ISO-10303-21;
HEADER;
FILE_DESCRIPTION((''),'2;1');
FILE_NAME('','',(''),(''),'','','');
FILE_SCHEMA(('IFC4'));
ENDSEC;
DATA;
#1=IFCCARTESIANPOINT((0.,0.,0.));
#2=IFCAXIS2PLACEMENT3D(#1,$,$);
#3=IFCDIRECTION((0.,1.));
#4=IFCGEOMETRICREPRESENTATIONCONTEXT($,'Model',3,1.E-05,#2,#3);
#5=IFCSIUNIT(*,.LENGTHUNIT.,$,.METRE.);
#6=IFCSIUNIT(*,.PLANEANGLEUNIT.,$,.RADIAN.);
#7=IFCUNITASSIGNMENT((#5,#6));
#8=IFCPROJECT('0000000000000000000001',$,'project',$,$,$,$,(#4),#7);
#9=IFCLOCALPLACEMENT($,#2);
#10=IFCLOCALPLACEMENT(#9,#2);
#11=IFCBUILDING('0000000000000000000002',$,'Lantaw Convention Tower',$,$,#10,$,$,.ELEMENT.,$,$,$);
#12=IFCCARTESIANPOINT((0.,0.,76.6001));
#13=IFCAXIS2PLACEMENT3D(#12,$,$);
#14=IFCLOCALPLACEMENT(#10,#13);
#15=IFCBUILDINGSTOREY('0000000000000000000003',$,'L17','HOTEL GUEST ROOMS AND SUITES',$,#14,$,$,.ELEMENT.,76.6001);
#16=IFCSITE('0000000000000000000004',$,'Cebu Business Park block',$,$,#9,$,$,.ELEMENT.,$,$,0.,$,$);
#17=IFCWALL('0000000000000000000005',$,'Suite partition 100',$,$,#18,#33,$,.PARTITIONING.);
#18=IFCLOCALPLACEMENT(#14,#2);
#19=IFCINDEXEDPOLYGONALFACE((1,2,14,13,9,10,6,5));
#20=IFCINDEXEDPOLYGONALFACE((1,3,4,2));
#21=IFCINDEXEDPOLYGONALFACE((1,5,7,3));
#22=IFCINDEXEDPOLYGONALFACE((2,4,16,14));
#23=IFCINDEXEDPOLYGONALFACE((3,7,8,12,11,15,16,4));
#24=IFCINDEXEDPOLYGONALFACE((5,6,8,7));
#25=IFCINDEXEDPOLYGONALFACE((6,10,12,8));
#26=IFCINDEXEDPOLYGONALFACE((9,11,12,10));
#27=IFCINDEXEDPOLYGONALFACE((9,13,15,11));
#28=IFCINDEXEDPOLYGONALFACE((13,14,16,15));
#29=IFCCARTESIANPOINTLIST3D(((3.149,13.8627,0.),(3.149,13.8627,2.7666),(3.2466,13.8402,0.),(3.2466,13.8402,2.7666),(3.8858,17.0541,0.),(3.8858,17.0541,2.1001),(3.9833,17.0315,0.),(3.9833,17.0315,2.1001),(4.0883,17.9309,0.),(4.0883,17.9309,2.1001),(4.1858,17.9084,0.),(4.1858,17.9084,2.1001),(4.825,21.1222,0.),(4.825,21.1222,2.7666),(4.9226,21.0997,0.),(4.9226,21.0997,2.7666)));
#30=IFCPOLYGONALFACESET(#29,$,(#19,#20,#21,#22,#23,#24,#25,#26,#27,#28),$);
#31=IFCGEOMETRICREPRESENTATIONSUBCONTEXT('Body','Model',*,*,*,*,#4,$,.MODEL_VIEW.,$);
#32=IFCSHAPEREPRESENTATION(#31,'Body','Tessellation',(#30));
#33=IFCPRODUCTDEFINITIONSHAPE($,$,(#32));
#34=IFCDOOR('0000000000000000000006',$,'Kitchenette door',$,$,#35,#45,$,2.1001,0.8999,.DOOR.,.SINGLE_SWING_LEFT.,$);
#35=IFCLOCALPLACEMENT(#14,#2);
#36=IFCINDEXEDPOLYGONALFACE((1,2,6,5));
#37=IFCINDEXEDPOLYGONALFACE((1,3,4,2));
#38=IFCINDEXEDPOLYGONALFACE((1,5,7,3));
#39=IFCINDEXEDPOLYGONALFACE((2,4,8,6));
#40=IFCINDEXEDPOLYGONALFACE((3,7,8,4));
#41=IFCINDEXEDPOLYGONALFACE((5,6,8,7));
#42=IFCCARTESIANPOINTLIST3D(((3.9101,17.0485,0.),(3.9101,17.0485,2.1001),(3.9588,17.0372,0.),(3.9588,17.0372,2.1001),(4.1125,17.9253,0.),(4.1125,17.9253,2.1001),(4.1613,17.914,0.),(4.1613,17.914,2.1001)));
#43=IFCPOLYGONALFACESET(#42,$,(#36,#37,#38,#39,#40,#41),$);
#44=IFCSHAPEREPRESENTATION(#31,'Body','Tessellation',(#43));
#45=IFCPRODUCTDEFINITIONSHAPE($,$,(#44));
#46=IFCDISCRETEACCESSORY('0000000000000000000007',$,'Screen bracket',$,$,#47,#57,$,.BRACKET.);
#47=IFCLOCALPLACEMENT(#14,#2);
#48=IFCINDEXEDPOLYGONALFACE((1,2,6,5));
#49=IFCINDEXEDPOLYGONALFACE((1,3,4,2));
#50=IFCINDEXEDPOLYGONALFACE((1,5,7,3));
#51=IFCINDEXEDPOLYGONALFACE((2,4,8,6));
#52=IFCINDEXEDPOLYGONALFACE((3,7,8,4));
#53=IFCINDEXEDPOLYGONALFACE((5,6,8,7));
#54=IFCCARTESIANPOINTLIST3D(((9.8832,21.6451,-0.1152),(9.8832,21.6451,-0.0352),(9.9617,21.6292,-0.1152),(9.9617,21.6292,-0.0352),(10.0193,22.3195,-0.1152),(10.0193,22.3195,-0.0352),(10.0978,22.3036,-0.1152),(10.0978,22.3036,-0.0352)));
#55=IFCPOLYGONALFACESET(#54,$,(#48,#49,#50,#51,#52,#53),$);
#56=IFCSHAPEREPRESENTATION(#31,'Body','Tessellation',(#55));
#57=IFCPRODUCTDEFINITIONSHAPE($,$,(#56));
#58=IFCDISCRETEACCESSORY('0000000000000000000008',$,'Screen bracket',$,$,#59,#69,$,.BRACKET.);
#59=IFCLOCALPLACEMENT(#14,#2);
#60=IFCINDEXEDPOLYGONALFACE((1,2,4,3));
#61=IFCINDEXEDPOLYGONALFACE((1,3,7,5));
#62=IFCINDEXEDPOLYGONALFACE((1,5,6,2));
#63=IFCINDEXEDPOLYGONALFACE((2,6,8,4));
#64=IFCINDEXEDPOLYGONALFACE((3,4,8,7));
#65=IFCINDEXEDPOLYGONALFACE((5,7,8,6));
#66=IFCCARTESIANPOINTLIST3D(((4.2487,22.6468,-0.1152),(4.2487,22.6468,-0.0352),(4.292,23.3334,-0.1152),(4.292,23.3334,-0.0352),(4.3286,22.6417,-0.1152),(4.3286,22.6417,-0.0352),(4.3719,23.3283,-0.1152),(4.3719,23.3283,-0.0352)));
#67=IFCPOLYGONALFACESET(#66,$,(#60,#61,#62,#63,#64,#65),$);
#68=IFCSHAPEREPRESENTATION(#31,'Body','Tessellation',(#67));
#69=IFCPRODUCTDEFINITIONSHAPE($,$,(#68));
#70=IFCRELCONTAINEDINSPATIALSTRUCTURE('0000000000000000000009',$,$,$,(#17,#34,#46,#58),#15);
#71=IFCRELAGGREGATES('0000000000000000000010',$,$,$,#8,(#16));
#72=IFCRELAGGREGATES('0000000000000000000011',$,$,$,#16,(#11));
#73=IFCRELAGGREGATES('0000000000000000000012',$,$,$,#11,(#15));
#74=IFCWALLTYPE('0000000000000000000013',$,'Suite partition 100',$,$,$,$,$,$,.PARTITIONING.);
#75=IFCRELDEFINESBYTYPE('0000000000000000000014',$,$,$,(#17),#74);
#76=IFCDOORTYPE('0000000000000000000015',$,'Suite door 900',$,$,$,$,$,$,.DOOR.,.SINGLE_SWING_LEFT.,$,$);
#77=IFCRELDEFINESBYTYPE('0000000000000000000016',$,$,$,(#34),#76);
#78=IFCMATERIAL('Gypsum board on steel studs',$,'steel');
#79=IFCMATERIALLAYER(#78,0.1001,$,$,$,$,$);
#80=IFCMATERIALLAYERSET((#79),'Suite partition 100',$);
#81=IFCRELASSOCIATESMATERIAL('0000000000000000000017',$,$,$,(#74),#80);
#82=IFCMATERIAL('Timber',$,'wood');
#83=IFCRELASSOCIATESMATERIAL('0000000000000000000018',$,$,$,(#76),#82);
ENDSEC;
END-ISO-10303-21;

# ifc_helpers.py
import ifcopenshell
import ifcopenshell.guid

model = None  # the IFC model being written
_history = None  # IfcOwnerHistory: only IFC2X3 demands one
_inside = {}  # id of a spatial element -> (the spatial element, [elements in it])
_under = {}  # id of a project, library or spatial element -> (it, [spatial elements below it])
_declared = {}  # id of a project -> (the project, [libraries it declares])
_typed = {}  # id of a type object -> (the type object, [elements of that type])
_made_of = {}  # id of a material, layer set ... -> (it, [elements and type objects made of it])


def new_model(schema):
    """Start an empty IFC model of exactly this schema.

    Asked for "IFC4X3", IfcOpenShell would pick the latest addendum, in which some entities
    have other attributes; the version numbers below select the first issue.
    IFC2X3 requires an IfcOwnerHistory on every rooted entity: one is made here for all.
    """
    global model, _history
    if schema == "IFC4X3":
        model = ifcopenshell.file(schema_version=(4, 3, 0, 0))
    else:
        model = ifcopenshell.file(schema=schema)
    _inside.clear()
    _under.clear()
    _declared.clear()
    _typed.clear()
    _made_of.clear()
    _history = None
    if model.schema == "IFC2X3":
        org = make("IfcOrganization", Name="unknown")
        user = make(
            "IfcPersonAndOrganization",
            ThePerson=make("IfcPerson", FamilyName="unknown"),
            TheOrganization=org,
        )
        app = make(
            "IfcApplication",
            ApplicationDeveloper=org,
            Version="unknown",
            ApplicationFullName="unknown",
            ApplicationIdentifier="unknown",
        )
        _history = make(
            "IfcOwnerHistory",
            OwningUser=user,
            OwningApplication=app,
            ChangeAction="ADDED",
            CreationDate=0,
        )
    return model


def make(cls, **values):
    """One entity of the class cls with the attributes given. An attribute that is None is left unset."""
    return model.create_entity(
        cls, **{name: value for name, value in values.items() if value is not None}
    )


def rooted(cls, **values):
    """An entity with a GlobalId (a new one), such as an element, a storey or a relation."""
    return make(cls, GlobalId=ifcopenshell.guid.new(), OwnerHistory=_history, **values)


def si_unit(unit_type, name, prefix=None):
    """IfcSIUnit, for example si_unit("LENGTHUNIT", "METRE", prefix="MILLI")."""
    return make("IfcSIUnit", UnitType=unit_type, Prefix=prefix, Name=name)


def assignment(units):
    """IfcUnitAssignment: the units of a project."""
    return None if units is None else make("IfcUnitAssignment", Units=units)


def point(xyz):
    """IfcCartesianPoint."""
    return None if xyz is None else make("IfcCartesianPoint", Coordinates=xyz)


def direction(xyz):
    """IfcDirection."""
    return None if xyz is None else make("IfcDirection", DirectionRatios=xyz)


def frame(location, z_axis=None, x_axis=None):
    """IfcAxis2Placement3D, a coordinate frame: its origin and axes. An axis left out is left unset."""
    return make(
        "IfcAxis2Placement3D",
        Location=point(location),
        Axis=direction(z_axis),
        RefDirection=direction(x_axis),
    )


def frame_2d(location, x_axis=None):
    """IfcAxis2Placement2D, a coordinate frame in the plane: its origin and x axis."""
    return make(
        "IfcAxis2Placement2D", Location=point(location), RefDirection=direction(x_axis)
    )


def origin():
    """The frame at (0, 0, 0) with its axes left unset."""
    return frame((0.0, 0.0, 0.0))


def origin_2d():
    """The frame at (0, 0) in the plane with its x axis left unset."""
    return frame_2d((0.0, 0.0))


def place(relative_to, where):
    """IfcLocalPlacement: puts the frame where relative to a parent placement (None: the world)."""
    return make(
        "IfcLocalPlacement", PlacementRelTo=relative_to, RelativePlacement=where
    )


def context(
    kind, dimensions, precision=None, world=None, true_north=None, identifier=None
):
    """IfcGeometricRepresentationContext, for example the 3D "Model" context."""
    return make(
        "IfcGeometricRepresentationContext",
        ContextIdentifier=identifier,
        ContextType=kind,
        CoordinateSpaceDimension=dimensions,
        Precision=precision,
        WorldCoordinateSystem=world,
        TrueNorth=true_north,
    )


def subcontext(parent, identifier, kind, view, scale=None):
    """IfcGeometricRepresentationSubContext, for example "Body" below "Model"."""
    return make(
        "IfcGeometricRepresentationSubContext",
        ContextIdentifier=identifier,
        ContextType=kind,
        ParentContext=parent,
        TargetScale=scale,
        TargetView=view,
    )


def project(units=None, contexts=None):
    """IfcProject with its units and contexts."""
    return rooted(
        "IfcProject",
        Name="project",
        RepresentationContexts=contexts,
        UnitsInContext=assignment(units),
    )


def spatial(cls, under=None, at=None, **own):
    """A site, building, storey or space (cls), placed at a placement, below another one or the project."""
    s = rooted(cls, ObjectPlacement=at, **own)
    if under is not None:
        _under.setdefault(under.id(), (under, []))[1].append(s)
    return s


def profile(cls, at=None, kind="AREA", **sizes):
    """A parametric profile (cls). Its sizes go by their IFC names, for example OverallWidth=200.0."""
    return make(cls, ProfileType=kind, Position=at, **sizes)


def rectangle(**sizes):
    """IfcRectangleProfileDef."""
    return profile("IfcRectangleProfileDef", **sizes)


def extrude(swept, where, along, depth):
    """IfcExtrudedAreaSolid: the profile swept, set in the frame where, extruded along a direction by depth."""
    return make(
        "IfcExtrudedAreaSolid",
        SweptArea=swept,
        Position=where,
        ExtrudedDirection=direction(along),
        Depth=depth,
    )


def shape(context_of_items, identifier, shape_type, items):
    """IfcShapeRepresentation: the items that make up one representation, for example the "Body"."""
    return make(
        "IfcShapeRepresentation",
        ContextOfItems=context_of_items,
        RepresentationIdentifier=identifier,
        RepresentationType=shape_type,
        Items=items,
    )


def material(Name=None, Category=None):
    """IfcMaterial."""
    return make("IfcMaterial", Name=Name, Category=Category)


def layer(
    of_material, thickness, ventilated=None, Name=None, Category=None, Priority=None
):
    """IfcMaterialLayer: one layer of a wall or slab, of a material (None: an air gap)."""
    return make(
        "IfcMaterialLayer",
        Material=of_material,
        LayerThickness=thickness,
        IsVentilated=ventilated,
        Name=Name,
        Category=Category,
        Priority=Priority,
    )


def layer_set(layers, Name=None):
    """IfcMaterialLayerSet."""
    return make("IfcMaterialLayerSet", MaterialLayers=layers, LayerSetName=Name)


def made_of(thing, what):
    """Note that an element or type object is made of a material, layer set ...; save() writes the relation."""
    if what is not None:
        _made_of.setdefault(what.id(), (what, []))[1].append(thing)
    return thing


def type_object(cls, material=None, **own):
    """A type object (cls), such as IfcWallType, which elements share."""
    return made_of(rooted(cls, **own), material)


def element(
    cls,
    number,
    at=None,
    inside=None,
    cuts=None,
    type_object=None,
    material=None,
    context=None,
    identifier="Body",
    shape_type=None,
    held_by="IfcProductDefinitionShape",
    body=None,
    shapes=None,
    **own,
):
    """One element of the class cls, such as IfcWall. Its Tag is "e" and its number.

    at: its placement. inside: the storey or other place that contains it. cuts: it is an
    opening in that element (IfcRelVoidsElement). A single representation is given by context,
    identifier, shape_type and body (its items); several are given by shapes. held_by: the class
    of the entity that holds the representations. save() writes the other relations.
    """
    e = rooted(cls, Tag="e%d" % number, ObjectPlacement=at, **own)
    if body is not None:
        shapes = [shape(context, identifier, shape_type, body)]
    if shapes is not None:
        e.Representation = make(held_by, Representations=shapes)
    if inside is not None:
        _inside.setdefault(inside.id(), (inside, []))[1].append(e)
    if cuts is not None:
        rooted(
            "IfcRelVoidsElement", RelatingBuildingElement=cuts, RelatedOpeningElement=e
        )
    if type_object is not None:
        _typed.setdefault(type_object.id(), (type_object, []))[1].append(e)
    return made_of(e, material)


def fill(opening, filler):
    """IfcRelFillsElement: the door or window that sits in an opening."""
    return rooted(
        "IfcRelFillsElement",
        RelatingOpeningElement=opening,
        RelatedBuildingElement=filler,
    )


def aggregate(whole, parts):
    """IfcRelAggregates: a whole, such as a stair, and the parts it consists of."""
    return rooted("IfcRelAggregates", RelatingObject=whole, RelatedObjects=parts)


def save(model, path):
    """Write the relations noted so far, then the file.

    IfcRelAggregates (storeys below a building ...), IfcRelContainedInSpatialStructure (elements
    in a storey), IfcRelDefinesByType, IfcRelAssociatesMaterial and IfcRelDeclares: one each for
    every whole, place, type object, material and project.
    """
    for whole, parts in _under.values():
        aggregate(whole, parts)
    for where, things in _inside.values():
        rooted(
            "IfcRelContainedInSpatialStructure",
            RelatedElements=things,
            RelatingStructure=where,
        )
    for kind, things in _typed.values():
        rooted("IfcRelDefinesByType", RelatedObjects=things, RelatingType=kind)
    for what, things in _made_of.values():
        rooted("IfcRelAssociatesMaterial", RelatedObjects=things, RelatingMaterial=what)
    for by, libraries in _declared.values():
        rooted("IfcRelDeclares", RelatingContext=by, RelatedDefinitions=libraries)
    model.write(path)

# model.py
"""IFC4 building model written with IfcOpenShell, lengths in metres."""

from ifc_helpers import new_model, si_unit, direction, frame, frame_2d, origin, origin_2d, place, context, subcontext, project, spatial, rectangle, extrude, material, layer, layer_set, type_object, element, fill, save


model = new_model("IFC4")

# Units and contexts
model_context = context("Model", 3, precision=1e-05, world=origin(), true_north=direction((0.0, 1.0)))
body_context = subcontext(model_context, "Body", "Model", "MODEL_VIEW")
ifc_project = project(units=[si_unit("LENGTHUNIT", "METRE"), si_unit("PLANEANGLEUNIT", "RADIAN")], contexts=[model_context])

# Site, building, storey
site_placement = place(None, origin())
site = spatial("IfcSite", under=ifc_project, at=site_placement, Name="Cebu Business Park block", CompositionType="ELEMENT", RefElevation=0.0)
building_placement = place(site_placement, origin())
building = spatial("IfcBuilding", under=site, at=building_placement, Name="Lantaw Convention Tower", CompositionType="ELEMENT")
storey_placement = place(building_placement, frame((0.0, 0.0, 76.6001)))
storey = spatial("IfcBuildingStorey", under=building, at=storey_placement, Name="L17", Description="HOTEL GUEST ROOMS AND SUITES", CompositionType="ELEMENT", Elevation=76.6001)

# Wall, opening, door
ifc_material_1 = material(Name="Gypsum board on steel studs", Category="steel")
ifc_layer_1 = layer(ifc_material_1, 0.1001)
ifc_layer_set_1 = layer_set([ifc_layer_1], Name="Suite partition 100")
wall_type_1 = type_object("IfcWallType", Name="Suite partition 100", PredefinedType="PARTITIONING", material=ifc_layer_set_1)
wall_1_placement = place(storey_placement, frame((4.8738, 21.1108, 0.0), z_axis=(0.0, 0.0, 1.0), x_axis=(-0.224955, -0.974369, 0.0)))
wall_1 = element("IfcWall", 1, at=wall_1_placement, inside=storey, type_object=wall_type_1, Name="Suite partition 100", PredefinedType="PARTITIONING", context=body_context, shape_type="SweptSolid", body=[
    extrude(rectangle(XDim=7.4504, YDim=0.1001, at=frame_2d((3.7251, 0.0))), origin(), (0.0, 0.0, 1.0), 2.7666),
])
opening_1_placement = place(wall_1_placement, frame((3.2751, 0.0, 0.0)))
opening_1 = element("IfcOpeningElement", 2, at=opening_1_placement, cuts=wall_1, PredefinedType="OPENING", context=body_context, shape_type="SweptSolid", body=[
    extrude(rectangle(XDim=0.8999, YDim=2.1001, at=frame_2d((0.45, 1.05))), frame((0.0, 0.0601, 0.0), z_axis=(0.0, -1.0, 0.0), x_axis=(1.0, 0.0, 0.0)), (0.0, 0.0, 1.0), 0.1201),
])
ifc_material_2 = material(Name="Timber", Category="wood")
door_type = type_object("IfcDoorType", Name="Suite door 900", OperationType="SINGLE_SWING_LEFT", PredefinedType="DOOR", material=ifc_material_2)
door_placement = place(opening_1_placement, origin())
door = element("IfcDoor", 3, at=door_placement, inside=storey, type_object=door_type, Name="Kitchenette door", OperationType="SINGLE_SWING_LEFT", OverallHeight=2.1001, OverallWidth=0.8999, PredefinedType="DOOR", context=body_context, shape_type="SweptSolid", body=[
    extrude(rectangle(XDim=0.8999, YDim=2.1001, at=frame_2d((0.45, 1.05))), frame((0.0, 0.0249, 0.0), z_axis=(0.0, -1.0, 0.0), x_axis=(1.0, 0.0, 0.0)), (0.0, 0.0, 1.0), 0.05),
])
fill(opening_1, door)

# Discrete accessories
for number, where, z_axis, x_axis, name in (
    (4, (9.9905, 21.9744, -0.1152), (0.0, 0.0, 1.0), (-0.980245, 0.197789, 0.0), "Screen bracket"),
    (5, (4.3103, 22.9875, -0.1152), (0.0, 0.0, 1.0), (-0.998016, 0.062958, 0.0), "Screen bracket"),
):
    element("IfcDiscreteAccessory", number, at=place(storey_placement, frame(where, z_axis=z_axis, x_axis=x_axis)), inside=storey, Name=name, PredefinedType="BRACKET", context=body_context, shape_type="SweptSolid", body=[
        extrude(rectangle(XDim=0.0801, YDim=0.688, at=origin_2d()), origin(), (0.0, 0.0, 1.0), 0.0801),
    ])

save(model, "model.ifc")
